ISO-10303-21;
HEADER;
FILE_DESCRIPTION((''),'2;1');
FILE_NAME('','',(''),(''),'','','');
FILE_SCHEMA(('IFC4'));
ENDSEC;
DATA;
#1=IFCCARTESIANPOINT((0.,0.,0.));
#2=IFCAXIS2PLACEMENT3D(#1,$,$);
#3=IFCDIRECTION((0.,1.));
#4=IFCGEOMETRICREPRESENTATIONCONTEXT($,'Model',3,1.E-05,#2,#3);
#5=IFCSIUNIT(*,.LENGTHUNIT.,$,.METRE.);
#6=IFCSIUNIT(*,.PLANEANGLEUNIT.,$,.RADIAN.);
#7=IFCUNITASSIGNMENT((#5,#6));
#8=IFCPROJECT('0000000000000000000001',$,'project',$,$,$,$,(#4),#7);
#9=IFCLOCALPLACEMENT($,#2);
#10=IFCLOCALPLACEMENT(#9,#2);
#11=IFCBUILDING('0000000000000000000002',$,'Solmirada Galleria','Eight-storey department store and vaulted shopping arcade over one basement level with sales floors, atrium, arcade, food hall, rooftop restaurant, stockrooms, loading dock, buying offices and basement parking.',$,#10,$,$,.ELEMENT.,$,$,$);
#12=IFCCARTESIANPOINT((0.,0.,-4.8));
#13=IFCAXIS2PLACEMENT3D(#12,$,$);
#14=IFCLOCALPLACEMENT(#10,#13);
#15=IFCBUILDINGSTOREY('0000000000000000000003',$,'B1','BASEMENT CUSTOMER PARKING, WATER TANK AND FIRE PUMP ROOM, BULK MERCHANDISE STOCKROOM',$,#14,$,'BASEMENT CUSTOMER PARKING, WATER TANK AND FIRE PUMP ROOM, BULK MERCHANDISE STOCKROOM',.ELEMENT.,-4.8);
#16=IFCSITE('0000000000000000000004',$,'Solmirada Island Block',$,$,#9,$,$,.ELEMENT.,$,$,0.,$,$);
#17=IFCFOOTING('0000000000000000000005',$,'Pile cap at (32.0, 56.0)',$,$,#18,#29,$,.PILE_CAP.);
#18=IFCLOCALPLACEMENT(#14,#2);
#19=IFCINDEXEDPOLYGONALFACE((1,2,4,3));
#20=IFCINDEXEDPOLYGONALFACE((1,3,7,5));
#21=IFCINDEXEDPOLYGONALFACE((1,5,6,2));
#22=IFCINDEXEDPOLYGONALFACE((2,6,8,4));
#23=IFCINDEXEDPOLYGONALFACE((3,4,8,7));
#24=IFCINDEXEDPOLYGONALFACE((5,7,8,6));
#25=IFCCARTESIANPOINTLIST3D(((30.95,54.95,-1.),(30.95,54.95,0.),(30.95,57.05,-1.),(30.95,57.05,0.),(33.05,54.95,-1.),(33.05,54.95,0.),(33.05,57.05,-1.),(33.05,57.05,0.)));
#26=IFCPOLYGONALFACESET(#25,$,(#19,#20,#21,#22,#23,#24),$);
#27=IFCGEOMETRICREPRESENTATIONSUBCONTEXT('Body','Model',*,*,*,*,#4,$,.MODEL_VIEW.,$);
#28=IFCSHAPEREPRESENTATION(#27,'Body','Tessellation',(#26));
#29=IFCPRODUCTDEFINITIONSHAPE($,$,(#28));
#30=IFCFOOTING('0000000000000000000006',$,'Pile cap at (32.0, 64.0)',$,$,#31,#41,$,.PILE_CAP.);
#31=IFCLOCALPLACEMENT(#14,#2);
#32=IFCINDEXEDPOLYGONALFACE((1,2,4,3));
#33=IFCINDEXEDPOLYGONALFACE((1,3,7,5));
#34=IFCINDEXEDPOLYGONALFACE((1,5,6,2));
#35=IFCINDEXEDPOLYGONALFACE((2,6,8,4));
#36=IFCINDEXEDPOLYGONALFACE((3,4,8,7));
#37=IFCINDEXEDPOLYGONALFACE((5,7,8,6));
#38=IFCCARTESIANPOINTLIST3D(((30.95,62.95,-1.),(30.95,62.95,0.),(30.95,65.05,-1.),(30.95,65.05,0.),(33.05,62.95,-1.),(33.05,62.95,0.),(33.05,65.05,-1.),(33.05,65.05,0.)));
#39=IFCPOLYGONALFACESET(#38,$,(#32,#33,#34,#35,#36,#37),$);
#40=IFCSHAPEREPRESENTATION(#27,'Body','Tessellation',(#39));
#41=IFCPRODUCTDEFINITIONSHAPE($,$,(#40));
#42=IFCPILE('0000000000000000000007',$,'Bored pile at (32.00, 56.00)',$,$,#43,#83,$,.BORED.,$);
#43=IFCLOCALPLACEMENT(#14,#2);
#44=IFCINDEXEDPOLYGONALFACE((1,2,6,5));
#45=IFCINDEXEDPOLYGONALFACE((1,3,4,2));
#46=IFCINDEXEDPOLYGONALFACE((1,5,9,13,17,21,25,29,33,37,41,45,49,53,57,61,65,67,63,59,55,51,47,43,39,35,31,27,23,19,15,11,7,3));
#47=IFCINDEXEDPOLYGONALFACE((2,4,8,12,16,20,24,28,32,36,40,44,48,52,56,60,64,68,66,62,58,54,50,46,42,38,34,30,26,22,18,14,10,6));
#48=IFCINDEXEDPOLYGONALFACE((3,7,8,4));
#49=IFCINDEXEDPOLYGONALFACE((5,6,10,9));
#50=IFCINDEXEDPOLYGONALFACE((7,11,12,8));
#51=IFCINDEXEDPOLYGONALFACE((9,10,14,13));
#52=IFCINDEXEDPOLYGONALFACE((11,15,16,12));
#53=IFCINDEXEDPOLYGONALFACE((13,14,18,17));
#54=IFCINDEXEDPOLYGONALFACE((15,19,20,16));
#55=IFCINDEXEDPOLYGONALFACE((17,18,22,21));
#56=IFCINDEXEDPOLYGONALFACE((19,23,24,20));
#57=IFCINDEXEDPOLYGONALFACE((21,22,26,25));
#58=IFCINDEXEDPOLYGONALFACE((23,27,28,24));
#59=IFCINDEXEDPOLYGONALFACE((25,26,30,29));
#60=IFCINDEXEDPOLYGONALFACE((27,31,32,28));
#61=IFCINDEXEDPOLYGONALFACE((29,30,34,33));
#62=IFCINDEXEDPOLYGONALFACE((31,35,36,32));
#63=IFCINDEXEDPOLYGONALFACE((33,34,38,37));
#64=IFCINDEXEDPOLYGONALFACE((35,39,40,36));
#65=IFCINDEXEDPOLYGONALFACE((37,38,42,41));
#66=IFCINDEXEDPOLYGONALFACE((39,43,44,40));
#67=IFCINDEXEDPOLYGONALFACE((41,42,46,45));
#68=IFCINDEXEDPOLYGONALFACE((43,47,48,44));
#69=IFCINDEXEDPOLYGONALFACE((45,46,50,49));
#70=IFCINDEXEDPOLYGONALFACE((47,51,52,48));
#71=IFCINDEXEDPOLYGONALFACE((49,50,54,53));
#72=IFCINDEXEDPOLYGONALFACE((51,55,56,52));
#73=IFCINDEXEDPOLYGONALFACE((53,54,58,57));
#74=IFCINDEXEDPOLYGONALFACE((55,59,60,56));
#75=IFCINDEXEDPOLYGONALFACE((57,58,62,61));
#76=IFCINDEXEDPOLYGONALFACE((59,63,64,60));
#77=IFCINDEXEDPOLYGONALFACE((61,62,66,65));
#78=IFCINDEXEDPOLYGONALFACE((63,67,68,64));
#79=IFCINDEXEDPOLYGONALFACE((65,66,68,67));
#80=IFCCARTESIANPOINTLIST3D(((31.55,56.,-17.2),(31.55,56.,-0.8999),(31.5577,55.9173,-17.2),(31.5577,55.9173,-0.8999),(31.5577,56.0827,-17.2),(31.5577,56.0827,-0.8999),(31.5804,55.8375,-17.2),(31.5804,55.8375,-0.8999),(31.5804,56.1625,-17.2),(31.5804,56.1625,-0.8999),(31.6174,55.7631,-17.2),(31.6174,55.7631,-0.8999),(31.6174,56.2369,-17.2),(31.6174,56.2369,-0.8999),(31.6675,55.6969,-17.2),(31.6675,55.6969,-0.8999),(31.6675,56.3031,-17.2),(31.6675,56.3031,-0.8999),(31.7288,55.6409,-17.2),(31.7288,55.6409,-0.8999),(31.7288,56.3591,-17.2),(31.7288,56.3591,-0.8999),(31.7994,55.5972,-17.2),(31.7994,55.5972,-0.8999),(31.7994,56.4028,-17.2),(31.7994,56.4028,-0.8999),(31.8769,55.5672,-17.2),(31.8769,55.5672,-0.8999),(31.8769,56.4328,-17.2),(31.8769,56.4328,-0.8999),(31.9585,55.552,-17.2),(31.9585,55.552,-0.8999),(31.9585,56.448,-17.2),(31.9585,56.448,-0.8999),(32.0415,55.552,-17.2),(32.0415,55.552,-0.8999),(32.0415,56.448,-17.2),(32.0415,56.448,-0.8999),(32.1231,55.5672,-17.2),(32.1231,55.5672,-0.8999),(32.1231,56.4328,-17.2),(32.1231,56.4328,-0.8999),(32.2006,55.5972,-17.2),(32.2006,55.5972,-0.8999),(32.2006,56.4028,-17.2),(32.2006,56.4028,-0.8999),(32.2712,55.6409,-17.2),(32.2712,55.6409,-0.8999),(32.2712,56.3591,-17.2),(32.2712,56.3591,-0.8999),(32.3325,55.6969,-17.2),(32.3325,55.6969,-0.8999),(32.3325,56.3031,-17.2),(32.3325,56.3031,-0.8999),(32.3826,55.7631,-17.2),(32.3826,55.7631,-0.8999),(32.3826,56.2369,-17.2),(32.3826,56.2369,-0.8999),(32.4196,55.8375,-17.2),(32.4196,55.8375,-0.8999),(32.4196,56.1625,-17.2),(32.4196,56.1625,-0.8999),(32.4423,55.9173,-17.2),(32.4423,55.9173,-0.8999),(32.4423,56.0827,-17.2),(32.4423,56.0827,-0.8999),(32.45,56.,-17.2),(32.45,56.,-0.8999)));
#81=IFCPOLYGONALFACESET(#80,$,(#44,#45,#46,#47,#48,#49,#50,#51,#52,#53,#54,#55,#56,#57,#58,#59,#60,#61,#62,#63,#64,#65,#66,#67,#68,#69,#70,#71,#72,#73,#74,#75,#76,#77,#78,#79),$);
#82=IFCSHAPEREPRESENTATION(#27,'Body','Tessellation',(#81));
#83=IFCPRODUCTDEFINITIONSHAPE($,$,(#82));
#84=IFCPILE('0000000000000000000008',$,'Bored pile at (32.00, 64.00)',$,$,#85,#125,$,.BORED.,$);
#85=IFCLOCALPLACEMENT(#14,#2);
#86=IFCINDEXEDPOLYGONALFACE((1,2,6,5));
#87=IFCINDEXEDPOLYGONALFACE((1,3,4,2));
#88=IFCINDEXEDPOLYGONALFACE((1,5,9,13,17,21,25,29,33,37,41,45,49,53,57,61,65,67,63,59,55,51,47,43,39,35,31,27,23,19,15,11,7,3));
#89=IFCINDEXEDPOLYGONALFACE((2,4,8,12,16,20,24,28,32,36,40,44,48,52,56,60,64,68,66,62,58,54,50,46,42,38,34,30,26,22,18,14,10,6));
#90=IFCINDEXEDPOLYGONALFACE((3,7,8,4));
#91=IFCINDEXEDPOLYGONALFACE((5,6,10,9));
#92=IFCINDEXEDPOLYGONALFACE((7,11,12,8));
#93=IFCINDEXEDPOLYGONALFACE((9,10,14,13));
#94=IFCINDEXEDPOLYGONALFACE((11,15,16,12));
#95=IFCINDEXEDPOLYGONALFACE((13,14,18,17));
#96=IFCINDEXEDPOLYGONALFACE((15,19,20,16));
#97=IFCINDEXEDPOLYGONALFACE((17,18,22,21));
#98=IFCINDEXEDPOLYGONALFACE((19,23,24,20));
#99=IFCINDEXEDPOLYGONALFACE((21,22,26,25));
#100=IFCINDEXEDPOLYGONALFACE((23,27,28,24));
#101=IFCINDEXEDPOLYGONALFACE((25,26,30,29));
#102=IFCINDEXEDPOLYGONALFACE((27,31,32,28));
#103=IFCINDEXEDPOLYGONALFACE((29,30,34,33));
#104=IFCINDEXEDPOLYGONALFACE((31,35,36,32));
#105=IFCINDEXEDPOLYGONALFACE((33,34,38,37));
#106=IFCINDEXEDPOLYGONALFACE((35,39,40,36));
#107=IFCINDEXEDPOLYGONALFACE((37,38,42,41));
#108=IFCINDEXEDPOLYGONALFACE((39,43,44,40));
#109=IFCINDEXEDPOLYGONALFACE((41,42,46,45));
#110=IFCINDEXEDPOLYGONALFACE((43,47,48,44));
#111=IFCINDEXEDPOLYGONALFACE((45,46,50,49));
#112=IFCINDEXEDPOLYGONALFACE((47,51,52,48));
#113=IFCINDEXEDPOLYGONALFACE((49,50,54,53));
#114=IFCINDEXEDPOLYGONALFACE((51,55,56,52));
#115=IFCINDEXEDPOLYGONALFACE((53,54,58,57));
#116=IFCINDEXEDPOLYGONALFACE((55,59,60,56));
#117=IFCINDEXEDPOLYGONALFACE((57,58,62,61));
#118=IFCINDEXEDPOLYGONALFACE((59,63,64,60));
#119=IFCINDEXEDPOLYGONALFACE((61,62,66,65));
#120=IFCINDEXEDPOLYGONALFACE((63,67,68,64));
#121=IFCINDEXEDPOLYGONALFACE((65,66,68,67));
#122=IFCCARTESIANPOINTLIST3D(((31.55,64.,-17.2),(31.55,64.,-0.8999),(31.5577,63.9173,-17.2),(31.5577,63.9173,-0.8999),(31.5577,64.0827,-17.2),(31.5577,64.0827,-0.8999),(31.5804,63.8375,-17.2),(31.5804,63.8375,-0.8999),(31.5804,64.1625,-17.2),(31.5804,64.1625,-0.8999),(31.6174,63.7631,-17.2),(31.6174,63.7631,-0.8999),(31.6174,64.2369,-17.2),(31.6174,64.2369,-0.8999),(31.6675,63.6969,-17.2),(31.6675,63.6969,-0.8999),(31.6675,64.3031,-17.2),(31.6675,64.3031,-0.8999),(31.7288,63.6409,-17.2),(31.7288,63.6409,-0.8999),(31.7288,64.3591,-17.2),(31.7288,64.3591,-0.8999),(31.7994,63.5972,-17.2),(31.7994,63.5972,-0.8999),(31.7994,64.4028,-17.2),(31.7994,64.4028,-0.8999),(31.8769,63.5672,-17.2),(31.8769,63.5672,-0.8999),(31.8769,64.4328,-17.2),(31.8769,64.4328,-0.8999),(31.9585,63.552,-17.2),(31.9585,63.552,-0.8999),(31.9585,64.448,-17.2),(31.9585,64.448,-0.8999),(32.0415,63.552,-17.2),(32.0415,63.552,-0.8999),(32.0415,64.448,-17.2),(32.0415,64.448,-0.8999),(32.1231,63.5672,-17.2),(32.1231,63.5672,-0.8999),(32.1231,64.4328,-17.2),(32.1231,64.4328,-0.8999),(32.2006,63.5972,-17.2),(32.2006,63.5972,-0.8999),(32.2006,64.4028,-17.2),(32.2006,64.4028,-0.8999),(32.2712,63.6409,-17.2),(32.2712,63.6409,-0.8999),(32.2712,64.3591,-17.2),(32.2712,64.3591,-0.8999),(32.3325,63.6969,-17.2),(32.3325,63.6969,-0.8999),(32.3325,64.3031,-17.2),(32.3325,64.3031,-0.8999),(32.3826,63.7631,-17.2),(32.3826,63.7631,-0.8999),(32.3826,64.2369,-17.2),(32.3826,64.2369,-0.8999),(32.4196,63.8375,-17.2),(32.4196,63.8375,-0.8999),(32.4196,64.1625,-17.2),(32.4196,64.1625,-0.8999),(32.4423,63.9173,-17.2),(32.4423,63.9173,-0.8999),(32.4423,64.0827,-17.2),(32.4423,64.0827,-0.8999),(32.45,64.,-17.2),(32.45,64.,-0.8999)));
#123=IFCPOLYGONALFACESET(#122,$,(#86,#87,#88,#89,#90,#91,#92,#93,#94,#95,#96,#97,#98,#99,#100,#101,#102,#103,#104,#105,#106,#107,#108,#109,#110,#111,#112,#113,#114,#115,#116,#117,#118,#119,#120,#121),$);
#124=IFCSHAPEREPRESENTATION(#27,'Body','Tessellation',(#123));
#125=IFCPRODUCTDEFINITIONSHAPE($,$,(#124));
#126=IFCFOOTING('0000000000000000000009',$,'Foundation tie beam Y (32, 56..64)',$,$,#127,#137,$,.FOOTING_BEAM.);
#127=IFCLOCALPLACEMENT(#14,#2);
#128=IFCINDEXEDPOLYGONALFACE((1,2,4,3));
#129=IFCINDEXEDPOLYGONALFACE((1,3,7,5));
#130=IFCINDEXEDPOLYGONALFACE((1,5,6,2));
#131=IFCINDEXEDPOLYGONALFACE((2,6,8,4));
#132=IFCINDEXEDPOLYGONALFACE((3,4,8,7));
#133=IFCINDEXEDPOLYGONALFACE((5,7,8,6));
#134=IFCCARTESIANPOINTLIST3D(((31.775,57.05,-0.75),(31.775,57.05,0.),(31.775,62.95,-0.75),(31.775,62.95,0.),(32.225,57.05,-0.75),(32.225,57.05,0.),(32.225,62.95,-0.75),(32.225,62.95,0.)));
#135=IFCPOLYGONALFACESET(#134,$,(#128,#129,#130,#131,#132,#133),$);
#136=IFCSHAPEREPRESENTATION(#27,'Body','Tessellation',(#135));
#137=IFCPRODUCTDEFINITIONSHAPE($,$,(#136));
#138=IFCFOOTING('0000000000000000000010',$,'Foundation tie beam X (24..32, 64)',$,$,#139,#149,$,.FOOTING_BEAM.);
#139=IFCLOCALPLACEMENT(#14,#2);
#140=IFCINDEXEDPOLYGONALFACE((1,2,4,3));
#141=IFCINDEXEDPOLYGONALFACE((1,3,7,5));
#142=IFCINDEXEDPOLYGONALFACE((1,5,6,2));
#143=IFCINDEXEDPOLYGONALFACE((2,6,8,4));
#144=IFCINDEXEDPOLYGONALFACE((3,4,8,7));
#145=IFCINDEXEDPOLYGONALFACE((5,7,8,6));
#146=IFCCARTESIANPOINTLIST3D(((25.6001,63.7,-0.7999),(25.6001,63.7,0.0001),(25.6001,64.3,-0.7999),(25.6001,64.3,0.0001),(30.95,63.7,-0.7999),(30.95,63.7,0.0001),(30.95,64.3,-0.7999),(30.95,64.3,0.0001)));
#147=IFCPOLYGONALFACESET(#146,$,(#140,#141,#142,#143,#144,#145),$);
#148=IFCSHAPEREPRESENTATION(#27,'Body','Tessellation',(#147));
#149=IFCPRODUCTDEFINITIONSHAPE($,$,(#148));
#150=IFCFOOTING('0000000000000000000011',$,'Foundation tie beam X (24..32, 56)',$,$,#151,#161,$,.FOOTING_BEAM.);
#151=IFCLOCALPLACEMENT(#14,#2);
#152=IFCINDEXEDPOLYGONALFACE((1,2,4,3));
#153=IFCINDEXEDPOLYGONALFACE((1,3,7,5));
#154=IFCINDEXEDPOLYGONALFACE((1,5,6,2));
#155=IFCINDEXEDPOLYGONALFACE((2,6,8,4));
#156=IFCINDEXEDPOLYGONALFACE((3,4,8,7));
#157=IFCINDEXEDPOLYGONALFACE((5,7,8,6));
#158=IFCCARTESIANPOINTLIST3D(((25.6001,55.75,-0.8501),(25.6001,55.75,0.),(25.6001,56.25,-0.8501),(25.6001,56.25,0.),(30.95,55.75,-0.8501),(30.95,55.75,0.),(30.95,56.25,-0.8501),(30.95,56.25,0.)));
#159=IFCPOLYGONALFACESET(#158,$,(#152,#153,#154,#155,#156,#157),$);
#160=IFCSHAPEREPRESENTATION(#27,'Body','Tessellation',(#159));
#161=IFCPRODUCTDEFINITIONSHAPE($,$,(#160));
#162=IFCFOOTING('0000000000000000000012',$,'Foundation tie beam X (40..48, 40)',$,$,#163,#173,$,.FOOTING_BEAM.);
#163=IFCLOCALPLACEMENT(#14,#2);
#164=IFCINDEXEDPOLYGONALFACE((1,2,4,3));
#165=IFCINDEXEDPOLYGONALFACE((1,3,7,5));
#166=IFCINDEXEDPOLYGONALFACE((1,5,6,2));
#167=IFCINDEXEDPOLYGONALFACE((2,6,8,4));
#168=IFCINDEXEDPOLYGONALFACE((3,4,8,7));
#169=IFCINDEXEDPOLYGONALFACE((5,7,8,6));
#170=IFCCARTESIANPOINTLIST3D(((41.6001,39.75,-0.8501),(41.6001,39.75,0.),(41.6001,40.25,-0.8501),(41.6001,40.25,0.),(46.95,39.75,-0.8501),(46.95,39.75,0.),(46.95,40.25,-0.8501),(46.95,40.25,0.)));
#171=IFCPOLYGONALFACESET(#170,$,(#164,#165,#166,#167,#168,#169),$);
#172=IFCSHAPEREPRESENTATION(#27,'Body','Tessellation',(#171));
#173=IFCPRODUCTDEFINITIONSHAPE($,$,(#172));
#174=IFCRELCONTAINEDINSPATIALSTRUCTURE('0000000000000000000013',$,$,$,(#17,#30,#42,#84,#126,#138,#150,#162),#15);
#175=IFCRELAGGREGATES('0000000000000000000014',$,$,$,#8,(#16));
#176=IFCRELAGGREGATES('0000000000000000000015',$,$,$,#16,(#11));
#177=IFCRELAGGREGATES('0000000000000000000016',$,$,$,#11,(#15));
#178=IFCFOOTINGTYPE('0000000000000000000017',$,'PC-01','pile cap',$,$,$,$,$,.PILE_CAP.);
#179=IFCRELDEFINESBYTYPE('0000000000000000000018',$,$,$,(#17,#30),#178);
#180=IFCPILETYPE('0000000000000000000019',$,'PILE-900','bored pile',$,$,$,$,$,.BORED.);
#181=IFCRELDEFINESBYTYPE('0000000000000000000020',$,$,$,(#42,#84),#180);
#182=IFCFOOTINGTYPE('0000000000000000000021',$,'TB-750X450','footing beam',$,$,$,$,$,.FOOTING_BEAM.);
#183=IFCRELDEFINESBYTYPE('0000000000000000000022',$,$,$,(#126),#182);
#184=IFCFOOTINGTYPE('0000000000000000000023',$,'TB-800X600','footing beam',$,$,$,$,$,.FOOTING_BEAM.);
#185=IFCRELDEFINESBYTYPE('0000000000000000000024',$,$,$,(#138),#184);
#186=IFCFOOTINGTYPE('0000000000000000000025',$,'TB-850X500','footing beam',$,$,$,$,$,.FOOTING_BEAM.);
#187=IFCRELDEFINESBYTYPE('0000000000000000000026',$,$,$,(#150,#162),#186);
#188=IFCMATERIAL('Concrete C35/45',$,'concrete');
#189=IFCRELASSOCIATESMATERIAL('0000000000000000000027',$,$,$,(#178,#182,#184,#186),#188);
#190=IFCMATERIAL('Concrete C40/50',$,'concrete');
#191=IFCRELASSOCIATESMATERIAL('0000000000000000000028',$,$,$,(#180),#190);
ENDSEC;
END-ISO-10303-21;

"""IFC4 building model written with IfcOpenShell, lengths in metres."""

from ifc_helpers import new_model, si_unit, direction, frame, origin, origin_2d, place, context, subcontext, project, spatial, rectangle, circle, extrude, material, material_profile, profile_set, type_object, element, save


model = new_model("IFC4")

# Units and contexts
model_context = context("Model", 3, precision=1e-05, world=origin(), true_north=direction((0.0, 1.0)))
body_context = subcontext(model_context, "Body", "Model", "MODEL_VIEW")
ifc_project = project(units=[si_unit("LENGTHUNIT", "METRE"), si_unit("PLANEANGLEUNIT", "RADIAN")], contexts=[model_context])

# Site, building, storey
site_placement = place(None, origin())
site = spatial("IfcSite", under=ifc_project, at=site_placement, Name="Solmirada Island Block", CompositionType="ELEMENT", RefElevation=0.0)
building_placement = place(site_placement, origin())
building = spatial("IfcBuilding", under=site, at=building_placement, Name="Solmirada Galleria", Description="Eight-storey department store and vaulted shopping arcade over one basement level with sales floors, atrium, arcade, food hall, rooftop restaurant, stockrooms, loading dock, buying offices and basement parking.", CompositionType="ELEMENT")
storey_placement = place(building_placement, frame((0.0, 0.0, -4.8)))
storey = spatial("IfcBuildingStorey", under=building, at=storey_placement, Name="B1", Description="BASEMENT CUSTOMER PARKING, WATER TANK AND FIRE PUMP ROOM, BULK MERCHANDISE STOCKROOM", LongName="BASEMENT CUSTOMER PARKING, WATER TANK AND FIRE PUMP ROOM, BULK MERCHANDISE STOCKROOM", CompositionType="ELEMENT", Elevation=-4.8)

# Footings
ifc_material_1 = material(Name="Concrete C35/45", Category="concrete")
footing_type_1 = type_object("IfcFootingType", Name="PC-01", Description="pile cap", PredefinedType="PILE_CAP", material=ifc_material_1)
for number, where, z_axis, x_axis, name in (
    (1, (32.0, 56.0, -1.0), (0.0, 0.0, 1.0), (1.0, 0.0, 0.0), "Pile cap at (32.0, 56.0)"),
    (2, (32.0, 64.0, -1.0), (0.0, 0.0, 1.0), (1.0, 0.0, 0.0), "Pile cap at (32.0, 64.0)"),
):
    element("IfcFooting", number, at=place(storey_placement, frame(where, z_axis=z_axis, x_axis=x_axis)), inside=storey, type_object=footing_type_1, Name=name, PredefinedType="PILE_CAP", context=body_context, shape_type="SweptSolid", body=[
        extrude(rectangle(XDim=2.1001, YDim=2.1001, at=origin_2d()), origin(), (0.0, 0.0, 1.0), 1.0),
    ])

# Piles
ifc_material_2 = material(Name="Concrete C40/50", Category="concrete")
ifc_material_profile_1 = material_profile(ifc_material_2, circle(Radius=0.45, at=origin_2d()), Name="PILE900")
ifc_profile_set_1 = profile_set([ifc_material_profile_1], Name="Concrete C40/50")
pile_type = type_object("IfcPileType", Name="PILE-900", Description="bored pile", PredefinedType="BORED", material=ifc_profile_set_1)
for number, where, z_axis, x_axis, name in (
    (3, (32.0, 56.0, -0.8999), (0.0, 0.0, -1.0), (1.0, 0.0, 0.0), "Bored pile at (32.00, 56.00)"),
    (4, (32.0, 64.0, -0.8999), (0.0, 0.0, -1.0), (1.0, 0.0, 0.0), "Bored pile at (32.00, 64.00)"),
):
    element("IfcPile", number, at=place(storey_placement, frame(where, z_axis=z_axis, x_axis=x_axis)), inside=storey, type_object=pile_type, Name=name, PredefinedType="BORED", context=body_context, shape_type="SweptSolid", body=[
        extrude(circle(Radius=0.45, at=origin_2d()), origin(), (0.0, 0.0, 1.0), 16.3),
    ])

# Footings
ifc_material_profile_2 = material_profile(ifc_material_1, rectangle(XDim=0.45, YDim=0.75, at=origin_2d()), Name="RC750X450")
ifc_profile_set_2 = profile_set([ifc_material_profile_2], Name="Concrete C35/45")
footing_type_2 = type_object("IfcFootingType", Name="TB-750X450", Description="footing beam", PredefinedType="FOOTING_BEAM", material=ifc_profile_set_2)
footing_1_placement = place(storey_placement, frame((32.0, 57.05, -0.375), z_axis=(0.0, 1.0, 0.0), x_axis=(-1.0, 0.0, 0.0)))
element("IfcFooting", 5, at=footing_1_placement, inside=storey, type_object=footing_type_2, Name="Foundation tie beam Y (32, 56..64)", PredefinedType="FOOTING_BEAM", context=body_context, shape_type="SweptSolid", body=[
    extrude(rectangle(XDim=0.45, YDim=0.75, at=origin_2d()), origin(), (0.0, 0.0, 1.0), 5.8999),
])
ifc_material_profile_3 = material_profile(ifc_material_1, rectangle(XDim=0.6001, YDim=0.8, at=origin_2d()), Name="RC800X600")
ifc_profile_set_3 = profile_set([ifc_material_profile_3], Name="Concrete C35/45")
footing_type_3 = type_object("IfcFootingType", Name="TB-800X600", Description="footing beam", PredefinedType="FOOTING_BEAM", material=ifc_profile_set_3)
footing_2_placement = place(storey_placement, frame((25.6001, 64.0, -0.3999), z_axis=(1.0, 0.0, 0.0), x_axis=(0.0, 1.0, 0.0)))
element("IfcFooting", 6, at=footing_2_placement, inside=storey, type_object=footing_type_3, Name="Foundation tie beam X (24..32, 64)", PredefinedType="FOOTING_BEAM", context=body_context, shape_type="SweptSolid", body=[
    extrude(rectangle(XDim=0.6001, YDim=0.8, at=origin_2d()), origin(), (0.0, 0.0, 1.0), 5.3499),
])
ifc_material_profile_4 = material_profile(ifc_material_1, rectangle(XDim=0.5, YDim=0.8501, at=origin_2d()), Name="RC850X500")
ifc_profile_set_4 = profile_set([ifc_material_profile_4], Name="Concrete C35/45")
footing_type_4 = type_object("IfcFootingType", Name="TB-850X500", Description="footing beam", PredefinedType="FOOTING_BEAM", material=ifc_profile_set_4)
for number, where, z_axis, x_axis, name in (
    (7, (25.6001, 56.0, -0.425), (1.0, 0.0, 0.0), (0.0, 1.0, 0.0), "Foundation tie beam X (24..32, 56)"),
    (8, (41.6001, 40.0, -0.425), (1.0, 0.0, 0.0), (0.0, 1.0, 0.0), "Foundation tie beam X (40..48, 40)"),
):
    element("IfcFooting", number, at=place(storey_placement, frame(where, z_axis=z_axis, x_axis=x_axis)), inside=storey, type_object=footing_type_4, Name=name, PredefinedType="FOOTING_BEAM", context=body_context, shape_type="SweptSolid", body=[
        extrude(rectangle(XDim=0.5, YDim=0.8501, at=origin_2d()), origin(), (0.0, 0.0, 1.0), 5.3499),
    ])

save(model, "model.ifc")
